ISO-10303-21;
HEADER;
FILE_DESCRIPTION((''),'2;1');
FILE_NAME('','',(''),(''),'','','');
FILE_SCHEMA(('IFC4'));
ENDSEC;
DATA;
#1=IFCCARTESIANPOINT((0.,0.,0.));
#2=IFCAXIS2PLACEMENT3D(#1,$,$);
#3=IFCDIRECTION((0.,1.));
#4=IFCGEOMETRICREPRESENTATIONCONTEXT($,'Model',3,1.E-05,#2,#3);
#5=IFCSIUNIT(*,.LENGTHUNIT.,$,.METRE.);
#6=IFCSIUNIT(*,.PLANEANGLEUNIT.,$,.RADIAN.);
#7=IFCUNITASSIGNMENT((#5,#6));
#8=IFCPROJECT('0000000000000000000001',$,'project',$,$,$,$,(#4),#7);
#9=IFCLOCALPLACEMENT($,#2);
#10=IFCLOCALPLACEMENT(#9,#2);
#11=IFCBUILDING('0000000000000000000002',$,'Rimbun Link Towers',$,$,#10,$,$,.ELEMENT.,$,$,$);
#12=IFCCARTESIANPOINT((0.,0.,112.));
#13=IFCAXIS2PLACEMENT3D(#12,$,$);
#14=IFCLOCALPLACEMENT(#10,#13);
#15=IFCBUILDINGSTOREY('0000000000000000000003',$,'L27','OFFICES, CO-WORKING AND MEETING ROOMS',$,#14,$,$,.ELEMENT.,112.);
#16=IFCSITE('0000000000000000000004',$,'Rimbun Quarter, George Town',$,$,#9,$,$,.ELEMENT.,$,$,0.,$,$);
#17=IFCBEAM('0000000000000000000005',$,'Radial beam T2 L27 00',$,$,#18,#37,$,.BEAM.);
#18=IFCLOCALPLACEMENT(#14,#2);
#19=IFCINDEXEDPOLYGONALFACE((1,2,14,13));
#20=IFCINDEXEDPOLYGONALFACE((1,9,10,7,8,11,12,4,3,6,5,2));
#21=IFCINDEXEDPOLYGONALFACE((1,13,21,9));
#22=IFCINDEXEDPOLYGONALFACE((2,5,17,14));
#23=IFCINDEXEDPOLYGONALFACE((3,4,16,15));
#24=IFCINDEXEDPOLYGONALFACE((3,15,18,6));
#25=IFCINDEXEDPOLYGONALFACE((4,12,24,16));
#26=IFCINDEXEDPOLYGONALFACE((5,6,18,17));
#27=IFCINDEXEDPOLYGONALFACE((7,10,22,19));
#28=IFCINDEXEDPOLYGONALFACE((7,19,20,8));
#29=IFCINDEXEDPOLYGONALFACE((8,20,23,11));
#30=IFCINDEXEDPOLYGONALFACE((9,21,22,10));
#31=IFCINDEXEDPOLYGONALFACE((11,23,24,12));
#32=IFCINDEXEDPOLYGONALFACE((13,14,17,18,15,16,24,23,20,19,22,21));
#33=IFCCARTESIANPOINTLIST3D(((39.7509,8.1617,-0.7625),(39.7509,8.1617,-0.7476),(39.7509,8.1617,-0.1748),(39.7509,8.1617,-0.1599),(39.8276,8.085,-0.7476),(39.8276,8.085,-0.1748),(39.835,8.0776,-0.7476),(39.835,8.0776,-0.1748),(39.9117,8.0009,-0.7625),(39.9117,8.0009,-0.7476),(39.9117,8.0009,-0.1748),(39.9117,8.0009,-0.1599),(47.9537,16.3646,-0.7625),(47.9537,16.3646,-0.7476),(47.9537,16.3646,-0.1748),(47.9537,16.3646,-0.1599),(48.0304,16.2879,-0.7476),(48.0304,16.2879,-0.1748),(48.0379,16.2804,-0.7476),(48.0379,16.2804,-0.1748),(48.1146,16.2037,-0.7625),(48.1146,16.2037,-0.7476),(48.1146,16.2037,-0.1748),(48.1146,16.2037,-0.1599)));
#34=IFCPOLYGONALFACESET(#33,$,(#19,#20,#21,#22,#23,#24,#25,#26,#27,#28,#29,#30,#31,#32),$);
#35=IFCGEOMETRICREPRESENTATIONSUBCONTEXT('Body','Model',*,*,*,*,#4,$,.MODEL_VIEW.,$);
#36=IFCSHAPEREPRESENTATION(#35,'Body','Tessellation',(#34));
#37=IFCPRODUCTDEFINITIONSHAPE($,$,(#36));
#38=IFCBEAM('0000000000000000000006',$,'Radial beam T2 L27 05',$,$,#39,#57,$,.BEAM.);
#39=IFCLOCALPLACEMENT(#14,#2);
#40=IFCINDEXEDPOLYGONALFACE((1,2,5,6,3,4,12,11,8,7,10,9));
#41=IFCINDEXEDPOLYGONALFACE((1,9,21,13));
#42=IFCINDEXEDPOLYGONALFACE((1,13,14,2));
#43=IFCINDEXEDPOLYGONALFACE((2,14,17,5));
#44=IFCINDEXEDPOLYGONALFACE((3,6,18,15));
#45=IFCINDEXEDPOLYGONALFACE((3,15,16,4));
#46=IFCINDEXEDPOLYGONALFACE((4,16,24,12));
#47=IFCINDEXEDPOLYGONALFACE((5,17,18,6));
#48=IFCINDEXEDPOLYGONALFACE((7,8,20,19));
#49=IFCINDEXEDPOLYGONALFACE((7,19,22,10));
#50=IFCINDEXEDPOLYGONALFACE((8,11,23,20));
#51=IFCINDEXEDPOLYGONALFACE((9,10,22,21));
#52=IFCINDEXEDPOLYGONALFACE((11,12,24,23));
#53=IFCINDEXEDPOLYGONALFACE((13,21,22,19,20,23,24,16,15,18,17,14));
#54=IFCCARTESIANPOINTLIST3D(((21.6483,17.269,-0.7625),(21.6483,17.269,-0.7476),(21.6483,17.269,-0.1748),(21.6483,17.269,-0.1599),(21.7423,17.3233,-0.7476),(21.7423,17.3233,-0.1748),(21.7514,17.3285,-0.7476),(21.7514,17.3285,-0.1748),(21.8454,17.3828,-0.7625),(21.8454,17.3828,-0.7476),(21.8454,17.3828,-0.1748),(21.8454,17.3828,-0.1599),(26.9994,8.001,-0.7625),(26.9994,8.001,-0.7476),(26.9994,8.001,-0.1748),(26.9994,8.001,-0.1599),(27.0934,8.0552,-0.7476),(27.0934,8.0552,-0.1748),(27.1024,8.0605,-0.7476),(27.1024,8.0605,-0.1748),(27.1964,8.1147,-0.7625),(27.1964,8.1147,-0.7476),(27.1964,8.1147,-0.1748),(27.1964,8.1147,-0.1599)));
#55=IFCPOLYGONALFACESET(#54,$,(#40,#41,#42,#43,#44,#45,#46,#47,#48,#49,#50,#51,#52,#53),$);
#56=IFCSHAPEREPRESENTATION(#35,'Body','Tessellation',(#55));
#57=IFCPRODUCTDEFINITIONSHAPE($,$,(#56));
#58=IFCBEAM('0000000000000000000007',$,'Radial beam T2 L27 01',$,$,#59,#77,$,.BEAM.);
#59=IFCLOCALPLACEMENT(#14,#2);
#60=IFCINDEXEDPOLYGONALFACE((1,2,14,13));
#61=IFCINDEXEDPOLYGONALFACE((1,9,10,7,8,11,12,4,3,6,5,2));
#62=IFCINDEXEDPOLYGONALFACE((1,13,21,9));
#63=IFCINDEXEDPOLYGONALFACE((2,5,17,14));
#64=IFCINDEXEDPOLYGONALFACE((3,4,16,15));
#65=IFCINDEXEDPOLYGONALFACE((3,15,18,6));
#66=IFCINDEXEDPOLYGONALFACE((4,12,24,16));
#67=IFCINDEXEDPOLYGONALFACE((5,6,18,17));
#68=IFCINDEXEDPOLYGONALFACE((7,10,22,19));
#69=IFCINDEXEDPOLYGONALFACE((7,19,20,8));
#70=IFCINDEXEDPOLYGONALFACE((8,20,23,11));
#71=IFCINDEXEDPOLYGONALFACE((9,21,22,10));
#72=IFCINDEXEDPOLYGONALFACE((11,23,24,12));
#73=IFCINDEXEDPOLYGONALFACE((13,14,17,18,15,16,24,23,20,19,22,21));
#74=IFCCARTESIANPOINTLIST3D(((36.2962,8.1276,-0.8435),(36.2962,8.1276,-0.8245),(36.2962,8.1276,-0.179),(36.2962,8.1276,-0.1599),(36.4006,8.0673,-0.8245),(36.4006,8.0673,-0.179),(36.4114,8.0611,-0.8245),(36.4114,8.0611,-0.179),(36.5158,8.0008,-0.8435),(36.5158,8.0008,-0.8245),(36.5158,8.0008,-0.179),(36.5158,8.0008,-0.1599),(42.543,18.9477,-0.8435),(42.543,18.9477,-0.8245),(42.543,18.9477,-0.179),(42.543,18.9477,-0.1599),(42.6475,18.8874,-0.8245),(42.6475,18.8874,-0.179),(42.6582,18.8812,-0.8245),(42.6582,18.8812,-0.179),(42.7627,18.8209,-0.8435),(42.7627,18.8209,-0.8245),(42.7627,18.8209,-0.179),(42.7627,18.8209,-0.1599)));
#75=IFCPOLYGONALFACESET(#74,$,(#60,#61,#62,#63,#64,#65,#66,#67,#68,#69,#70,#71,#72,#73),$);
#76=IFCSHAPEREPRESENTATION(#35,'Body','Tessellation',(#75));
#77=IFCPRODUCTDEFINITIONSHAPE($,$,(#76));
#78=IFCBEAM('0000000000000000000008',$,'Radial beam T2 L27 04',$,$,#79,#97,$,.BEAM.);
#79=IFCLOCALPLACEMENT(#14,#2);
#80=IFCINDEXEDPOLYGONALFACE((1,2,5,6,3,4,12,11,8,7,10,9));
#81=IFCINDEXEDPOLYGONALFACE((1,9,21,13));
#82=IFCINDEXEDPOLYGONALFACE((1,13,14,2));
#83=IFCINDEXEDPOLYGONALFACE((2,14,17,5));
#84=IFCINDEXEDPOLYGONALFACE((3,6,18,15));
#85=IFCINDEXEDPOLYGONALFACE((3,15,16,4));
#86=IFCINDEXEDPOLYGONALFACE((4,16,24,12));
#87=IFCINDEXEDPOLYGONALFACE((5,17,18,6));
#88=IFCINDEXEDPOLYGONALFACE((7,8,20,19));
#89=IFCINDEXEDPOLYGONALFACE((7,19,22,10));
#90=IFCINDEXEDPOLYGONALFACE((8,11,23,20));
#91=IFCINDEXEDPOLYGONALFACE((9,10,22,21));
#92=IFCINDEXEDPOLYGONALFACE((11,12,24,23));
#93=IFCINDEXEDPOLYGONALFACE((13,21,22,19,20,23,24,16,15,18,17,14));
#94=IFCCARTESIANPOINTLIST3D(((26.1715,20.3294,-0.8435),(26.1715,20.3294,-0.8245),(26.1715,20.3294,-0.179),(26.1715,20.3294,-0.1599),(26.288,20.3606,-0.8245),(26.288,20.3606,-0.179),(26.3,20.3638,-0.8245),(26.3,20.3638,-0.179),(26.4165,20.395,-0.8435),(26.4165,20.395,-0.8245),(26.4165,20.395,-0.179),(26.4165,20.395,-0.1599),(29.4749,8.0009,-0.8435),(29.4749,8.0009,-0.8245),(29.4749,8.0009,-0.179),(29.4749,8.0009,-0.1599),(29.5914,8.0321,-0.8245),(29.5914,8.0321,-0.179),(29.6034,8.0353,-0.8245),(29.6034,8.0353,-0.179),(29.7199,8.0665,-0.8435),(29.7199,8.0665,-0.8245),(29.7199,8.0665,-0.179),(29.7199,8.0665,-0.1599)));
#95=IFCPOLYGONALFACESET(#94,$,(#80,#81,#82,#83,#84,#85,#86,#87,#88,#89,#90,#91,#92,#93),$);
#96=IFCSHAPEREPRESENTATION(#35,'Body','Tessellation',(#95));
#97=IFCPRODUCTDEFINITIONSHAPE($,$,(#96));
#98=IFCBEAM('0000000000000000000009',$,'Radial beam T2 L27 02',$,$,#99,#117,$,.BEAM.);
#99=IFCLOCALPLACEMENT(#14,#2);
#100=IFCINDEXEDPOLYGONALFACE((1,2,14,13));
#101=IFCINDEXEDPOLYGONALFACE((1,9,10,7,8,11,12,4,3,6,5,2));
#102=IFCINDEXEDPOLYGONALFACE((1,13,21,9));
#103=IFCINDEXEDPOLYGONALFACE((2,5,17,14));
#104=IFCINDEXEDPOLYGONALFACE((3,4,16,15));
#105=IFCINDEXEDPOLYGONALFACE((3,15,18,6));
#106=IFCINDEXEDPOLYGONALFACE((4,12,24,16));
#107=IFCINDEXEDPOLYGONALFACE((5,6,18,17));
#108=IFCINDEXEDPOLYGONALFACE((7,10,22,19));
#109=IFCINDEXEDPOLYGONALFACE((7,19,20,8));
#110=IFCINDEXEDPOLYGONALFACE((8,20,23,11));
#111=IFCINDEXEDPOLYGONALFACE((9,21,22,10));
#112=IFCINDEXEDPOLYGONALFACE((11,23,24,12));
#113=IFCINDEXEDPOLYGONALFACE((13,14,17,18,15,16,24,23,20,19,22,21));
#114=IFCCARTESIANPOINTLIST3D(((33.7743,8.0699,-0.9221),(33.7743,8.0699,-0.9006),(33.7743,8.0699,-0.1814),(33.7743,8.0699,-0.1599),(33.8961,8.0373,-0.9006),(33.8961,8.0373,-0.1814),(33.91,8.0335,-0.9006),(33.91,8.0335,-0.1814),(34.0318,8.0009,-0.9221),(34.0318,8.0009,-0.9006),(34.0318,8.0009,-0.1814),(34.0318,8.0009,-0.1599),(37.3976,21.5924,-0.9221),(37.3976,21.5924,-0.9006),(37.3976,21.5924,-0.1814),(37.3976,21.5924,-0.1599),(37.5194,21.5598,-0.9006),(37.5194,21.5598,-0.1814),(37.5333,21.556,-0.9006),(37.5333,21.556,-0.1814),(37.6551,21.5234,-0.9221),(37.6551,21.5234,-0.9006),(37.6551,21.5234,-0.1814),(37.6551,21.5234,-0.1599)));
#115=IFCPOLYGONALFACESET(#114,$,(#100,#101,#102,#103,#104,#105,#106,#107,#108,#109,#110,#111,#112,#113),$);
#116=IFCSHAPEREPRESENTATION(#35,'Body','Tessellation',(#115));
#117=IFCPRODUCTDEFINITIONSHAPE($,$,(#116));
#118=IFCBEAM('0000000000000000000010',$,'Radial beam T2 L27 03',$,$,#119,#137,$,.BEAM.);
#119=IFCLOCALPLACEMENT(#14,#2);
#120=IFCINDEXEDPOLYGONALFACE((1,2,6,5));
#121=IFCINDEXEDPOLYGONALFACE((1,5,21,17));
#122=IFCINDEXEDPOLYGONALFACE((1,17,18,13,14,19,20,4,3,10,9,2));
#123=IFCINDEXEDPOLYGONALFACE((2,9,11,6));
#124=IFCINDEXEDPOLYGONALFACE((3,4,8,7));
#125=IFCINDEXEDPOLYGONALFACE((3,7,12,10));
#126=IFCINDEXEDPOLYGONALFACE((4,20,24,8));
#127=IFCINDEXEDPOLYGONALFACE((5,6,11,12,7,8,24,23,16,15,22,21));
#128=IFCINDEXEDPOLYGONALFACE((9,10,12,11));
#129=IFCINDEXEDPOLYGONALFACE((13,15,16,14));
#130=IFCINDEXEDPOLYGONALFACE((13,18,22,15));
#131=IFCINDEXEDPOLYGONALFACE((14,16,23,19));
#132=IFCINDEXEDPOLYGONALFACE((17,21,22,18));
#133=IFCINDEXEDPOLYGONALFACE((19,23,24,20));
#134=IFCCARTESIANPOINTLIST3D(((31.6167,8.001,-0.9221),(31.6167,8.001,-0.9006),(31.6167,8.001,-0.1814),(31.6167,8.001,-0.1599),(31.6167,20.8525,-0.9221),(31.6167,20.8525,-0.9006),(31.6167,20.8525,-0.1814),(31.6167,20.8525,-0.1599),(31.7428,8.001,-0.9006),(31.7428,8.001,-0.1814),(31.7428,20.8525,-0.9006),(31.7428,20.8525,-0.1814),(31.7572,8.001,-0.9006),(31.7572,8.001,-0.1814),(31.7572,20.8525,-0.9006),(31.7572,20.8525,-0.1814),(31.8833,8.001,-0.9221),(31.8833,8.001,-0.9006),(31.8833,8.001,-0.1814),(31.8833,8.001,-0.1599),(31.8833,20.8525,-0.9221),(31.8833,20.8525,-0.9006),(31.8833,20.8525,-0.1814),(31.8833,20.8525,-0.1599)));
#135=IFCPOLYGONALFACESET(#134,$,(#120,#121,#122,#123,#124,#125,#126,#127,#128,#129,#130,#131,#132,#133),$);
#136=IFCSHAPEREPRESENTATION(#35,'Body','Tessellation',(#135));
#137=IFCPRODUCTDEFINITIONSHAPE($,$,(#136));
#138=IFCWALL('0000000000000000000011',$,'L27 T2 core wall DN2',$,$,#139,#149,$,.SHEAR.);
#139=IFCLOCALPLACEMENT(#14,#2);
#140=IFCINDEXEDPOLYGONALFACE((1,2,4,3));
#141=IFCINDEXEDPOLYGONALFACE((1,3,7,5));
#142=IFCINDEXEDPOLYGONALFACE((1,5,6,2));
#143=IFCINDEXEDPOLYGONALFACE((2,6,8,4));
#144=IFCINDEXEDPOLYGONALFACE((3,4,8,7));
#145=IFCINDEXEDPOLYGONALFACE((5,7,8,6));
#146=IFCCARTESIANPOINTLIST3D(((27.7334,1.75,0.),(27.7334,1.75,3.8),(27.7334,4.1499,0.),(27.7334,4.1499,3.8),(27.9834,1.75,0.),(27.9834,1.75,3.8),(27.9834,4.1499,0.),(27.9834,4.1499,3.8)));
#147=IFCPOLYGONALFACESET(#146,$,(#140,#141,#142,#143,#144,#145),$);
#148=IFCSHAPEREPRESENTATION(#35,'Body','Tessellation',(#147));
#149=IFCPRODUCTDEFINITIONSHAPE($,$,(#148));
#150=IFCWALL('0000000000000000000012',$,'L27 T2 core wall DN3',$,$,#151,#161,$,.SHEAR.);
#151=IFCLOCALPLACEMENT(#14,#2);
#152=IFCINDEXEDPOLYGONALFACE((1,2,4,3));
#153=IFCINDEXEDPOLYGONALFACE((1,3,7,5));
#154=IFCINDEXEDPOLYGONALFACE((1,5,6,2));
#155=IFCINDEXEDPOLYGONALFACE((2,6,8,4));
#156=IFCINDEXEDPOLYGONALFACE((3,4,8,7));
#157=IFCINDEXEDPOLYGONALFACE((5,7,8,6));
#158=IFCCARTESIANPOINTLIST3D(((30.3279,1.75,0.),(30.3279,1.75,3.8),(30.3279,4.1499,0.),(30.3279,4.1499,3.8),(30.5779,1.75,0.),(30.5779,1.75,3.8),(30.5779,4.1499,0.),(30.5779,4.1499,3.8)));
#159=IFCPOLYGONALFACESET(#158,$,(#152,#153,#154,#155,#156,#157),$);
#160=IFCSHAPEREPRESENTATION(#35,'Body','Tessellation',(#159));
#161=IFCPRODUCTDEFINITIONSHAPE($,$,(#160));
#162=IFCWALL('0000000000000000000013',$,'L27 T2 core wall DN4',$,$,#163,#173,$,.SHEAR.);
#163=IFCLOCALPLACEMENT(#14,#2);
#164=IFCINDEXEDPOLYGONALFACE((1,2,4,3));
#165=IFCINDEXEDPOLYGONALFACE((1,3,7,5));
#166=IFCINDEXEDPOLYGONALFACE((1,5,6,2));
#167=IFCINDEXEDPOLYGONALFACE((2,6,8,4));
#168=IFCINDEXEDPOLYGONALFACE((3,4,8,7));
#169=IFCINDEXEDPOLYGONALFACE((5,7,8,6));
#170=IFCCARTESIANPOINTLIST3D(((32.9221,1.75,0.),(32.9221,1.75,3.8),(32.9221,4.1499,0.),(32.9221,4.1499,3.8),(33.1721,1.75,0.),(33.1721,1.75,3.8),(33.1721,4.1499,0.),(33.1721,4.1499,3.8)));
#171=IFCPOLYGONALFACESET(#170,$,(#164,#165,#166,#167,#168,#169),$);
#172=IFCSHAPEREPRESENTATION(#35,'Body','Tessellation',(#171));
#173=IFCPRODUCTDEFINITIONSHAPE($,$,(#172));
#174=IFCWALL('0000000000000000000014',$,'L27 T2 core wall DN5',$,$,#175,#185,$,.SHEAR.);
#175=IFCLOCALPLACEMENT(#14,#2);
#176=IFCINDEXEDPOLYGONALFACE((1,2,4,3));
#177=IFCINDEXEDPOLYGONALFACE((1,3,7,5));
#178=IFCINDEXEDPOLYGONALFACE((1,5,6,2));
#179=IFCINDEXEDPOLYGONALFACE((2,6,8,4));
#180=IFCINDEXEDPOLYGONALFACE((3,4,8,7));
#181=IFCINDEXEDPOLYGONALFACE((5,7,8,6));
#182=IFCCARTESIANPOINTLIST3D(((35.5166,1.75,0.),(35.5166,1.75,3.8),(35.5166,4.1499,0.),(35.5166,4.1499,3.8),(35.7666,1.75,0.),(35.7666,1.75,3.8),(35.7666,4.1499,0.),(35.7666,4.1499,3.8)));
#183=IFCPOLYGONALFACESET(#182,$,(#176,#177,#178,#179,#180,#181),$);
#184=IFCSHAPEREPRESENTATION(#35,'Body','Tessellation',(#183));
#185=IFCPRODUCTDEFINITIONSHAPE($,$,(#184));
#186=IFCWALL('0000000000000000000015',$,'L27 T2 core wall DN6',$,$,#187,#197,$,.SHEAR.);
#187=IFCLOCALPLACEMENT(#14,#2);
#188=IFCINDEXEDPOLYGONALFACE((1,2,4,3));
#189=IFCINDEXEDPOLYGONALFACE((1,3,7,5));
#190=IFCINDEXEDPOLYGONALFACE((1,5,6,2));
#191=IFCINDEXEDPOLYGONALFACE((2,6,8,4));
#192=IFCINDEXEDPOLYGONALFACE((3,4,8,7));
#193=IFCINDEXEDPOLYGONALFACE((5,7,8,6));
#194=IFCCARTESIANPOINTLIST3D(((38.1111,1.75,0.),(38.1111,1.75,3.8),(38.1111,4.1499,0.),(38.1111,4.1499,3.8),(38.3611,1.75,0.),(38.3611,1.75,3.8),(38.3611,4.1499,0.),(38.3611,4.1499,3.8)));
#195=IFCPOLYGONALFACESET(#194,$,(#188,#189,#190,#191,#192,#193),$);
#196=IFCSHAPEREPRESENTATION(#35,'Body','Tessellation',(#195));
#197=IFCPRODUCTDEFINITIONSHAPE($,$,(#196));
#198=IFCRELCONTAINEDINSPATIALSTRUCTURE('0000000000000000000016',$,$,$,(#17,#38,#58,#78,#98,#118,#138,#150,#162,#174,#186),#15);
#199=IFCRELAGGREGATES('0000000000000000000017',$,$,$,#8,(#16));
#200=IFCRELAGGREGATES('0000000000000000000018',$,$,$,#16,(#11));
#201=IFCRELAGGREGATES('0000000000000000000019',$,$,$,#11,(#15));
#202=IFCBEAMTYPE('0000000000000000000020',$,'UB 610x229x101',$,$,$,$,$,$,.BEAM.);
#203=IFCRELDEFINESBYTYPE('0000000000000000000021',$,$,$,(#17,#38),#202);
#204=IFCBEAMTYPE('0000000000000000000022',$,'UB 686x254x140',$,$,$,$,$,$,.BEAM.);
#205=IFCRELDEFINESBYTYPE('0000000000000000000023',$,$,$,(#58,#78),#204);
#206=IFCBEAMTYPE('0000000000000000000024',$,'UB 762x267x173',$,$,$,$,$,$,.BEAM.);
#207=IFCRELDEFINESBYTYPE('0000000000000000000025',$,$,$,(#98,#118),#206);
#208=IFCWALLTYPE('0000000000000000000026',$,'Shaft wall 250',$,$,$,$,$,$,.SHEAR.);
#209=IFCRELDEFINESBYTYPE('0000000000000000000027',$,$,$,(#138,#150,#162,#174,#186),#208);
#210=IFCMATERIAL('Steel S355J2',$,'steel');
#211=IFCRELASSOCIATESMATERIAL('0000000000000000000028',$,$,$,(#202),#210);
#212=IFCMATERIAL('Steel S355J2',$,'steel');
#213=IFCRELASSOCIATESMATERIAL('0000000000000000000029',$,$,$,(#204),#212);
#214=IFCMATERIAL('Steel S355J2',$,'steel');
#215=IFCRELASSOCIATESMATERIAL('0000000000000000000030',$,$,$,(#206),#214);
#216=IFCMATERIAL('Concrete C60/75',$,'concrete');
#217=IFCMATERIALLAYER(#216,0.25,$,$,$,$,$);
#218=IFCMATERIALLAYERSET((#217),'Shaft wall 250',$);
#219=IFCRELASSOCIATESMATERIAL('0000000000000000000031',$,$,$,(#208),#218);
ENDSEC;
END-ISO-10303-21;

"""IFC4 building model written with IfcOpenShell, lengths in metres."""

from ifc_helpers import new_model, si_unit, direction, frame, frame_2d, origin, origin_2d, place, context, subcontext, project, spatial, rectangle, i_section, extrude, material, layer, layer_set, material_profile, profile_set, type_object, element, save


model = new_model("IFC4")

# Units and contexts
model_context = context("Model", 3, precision=1e-05, world=origin(), true_north=direction((0.0, 1.0)))
body_context = subcontext(model_context, "Body", "Model", "MODEL_VIEW")
ifc_project = project(units=[si_unit("LENGTHUNIT", "METRE"), si_unit("PLANEANGLEUNIT", "RADIAN")], contexts=[model_context])

# Site, building, storey
site_placement = place(None, origin())
site = spatial("IfcSite", under=ifc_project, at=site_placement, Name="Rimbun Quarter, George Town", CompositionType="ELEMENT", RefElevation=0.0)
building_placement = place(site_placement, origin())
building = spatial("IfcBuilding", under=site, at=building_placement, Name="Rimbun Link Towers", CompositionType="ELEMENT")
storey_placement = place(building_placement, frame((0.0, 0.0, 112.0)))
storey = spatial("IfcBuildingStorey", under=building, at=storey_placement, Name="L27", Description="OFFICES, CO-WORKING AND MEETING ROOMS", CompositionType="ELEMENT", Elevation=112.0)

# Beams
ifc_material_1 = material(Name="Steel S355J2", Category="steel")
ifc_material_profile_1 = material_profile(ifc_material_1, i_section(OverallWidth=0.2275, OverallDepth=0.6025, WebThickness=0.0105, FlangeThickness=0.0149, at=origin_2d()), Name="UB 610x229x101")
ifc_profile_set_1 = profile_set([ifc_material_profile_1], Name="Steel S355J2")
beam_type_1 = type_object("IfcBeamType", Name="UB 610x229x101", PredefinedType="BEAM", material=ifc_profile_set_1)
beam_1_placement = place(storey_placement, frame((39.8313, 8.0813, -0.4612), z_axis=(0.707107, 0.707107, 0.0), x_axis=(-0.707107, 0.707107, 0.0)))
element("IfcBeam", 1, at=beam_1_placement, inside=storey, type_object=beam_type_1, Name="Radial beam T2 L27 00", PredefinedType="BEAM", context=body_context, shape_type="SweptSolid", body=[
    extrude(i_section(OverallWidth=0.2275, OverallDepth=0.6025, WebThickness=0.0105, FlangeThickness=0.0149, at=origin_2d()), origin(), (0.0, 0.0, 1.0), 11.6006),
])
beam_2_placement = place(storey_placement, frame((27.0979, 8.0579, -0.4612), z_axis=(-0.500011, 0.866019, 0.0), x_axis=(-0.866019, -0.500011, 0.0)))
element("IfcBeam", 2, at=beam_2_placement, inside=storey, type_object=beam_type_1, Name="Radial beam T2 L27 05", PredefinedType="BEAM", context=body_context, shape_type="SweptSolid", body=[
    extrude(i_section(OverallWidth=0.2275, OverallDepth=0.6025, WebThickness=0.0105, FlangeThickness=0.0149, at=origin_2d()), origin(), (0.0, 0.0, 1.0), 10.7019),
])
ifc_material_2 = material(Name="Steel S355J2", Category="steel")
ifc_material_profile_2 = material_profile(ifc_material_2, i_section(OverallWidth=0.2537, OverallDepth=0.6836, WebThickness=0.0125, FlangeThickness=0.019, at=origin_2d()), Name="UB 686x254x140")
ifc_profile_set_2 = profile_set([ifc_material_profile_2], Name="Steel S355J2")
beam_type_2 = type_object("IfcBeamType", Name="UB 686x254x140", PredefinedType="BEAM", material=ifc_profile_set_2)
beam_3_placement = place(storey_placement, frame((36.406, 8.0642, -0.5017), z_axis=(0.499991, 0.86603, 0.0), x_axis=(-0.86603, 0.499991, 0.0)))
element("IfcBeam", 3, at=beam_3_placement, inside=storey, type_object=beam_type_2, Name="Radial beam T2 L27 01", PredefinedType="BEAM", context=body_context, shape_type="SweptSolid", body=[
    extrude(i_section(OverallWidth=0.2537, OverallDepth=0.6836, WebThickness=0.0125, FlangeThickness=0.019, at=origin_2d()), origin(), (0.0, 0.0, 1.0), 12.4939),
])
beam_4_placement = place(storey_placement, frame((29.5974, 8.0337, -0.5017), z_axis=(-0.258821, 0.965925, 0.0), x_axis=(-0.965925, -0.258821, 0.0)))
element("IfcBeam", 4, at=beam_4_placement, inside=storey, type_object=beam_type_2, Name="Radial beam T2 L27 04", PredefinedType="BEAM", context=body_context, shape_type="SweptSolid", body=[
    extrude(i_section(OverallWidth=0.2537, OverallDepth=0.6836, WebThickness=0.0125, FlangeThickness=0.019, at=origin_2d()), origin(), (0.0, 0.0, 1.0), 12.7634),
])
ifc_material_3 = material(Name="Steel S355J2", Category="steel")
ifc_material_profile_3 = material_profile(ifc_material_3, i_section(OverallWidth=0.2666, OverallDepth=0.7622, WebThickness=0.0144, FlangeThickness=0.0215, at=origin_2d()), Name="UB 762x267x173")
ifc_profile_set_3 = profile_set([ifc_material_profile_3], Name="Steel S355J2")
beam_type_3 = type_object("IfcBeamType", Name="UB 762x267x173", PredefinedType="BEAM", material=ifc_profile_set_3)
beam_5_placement = place(storey_placement, frame((33.9031, 8.0354, -0.541), z_axis=(0.258816, 0.965927, 0.0), x_axis=(-0.965927, 0.258816, 0.0)))
element("IfcBeam", 5, at=beam_5_placement, inside=storey, type_object=beam_type_3, Name="Radial beam T2 L27 02", PredefinedType="BEAM", context=body_context, shape_type="SweptSolid", body=[
    extrude(i_section(OverallWidth=0.2666, OverallDepth=0.7622, WebThickness=0.0144, FlangeThickness=0.0215, at=origin_2d()), origin(), (0.0, 0.0, 1.0), 13.9995),
])
beam_6_placement = place(storey_placement, frame((31.75, 8.001, -0.541), z_axis=(0.0, 1.0, 0.0), x_axis=(-1.0, 0.0, 0.0)))
element("IfcBeam", 6, at=beam_6_placement, inside=storey, type_object=beam_type_3, Name="Radial beam T2 L27 03", PredefinedType="BEAM", context=body_context, shape_type="SweptSolid", body=[
    extrude(i_section(OverallWidth=0.2666, OverallDepth=0.7622, WebThickness=0.0144, FlangeThickness=0.0215, at=origin_2d()), origin(), (0.0, 0.0, 1.0), 12.8516),
])

# Walls
ifc_material_4 = material(Name="Concrete C60/75", Category="concrete")
ifc_layer = layer(ifc_material_4, 0.25)
ifc_layer_set = layer_set([ifc_layer], Name="Shaft wall 250")
wall_type = type_object("IfcWallType", Name="Shaft wall 250", PredefinedType="SHEAR", material=ifc_layer_set)
for number, where, z_axis, x_axis, name in (
    (7, (27.8584, 1.75, 0.0), (0.0, 0.0, 1.0), (0.0, 1.0, 0.0), "L27 T2 core wall DN2"),
    (8, (30.4529, 1.75, 0.0), (0.0, 0.0, 1.0), (0.0, 1.0, 0.0), "L27 T2 core wall DN3"),
    (9, (33.0471, 1.75, 0.0), (0.0, 0.0, 1.0), (0.0, 1.0, 0.0), "L27 T2 core wall DN4"),
    (10, (35.6416, 1.75, 0.0), (0.0, 0.0, 1.0), (0.0, 1.0, 0.0), "L27 T2 core wall DN5"),
    (11, (38.2361, 1.75, 0.0), (0.0, 0.0, 1.0), (0.0, 1.0, 0.0), "L27 T2 core wall DN6"),
):
    element("IfcWall", number, at=place(storey_placement, frame(where, z_axis=z_axis, x_axis=x_axis)), inside=storey, type_object=wall_type, Name=name, PredefinedType="SHEAR", context=body_context, shape_type="SweptSolid", body=[
        extrude(rectangle(XDim=2.3999, YDim=0.25, at=frame_2d((1.2, 0.0))), origin(), (0.0, 0.0, 1.0), 3.8),
    ])

save(model, "model.ifc")
